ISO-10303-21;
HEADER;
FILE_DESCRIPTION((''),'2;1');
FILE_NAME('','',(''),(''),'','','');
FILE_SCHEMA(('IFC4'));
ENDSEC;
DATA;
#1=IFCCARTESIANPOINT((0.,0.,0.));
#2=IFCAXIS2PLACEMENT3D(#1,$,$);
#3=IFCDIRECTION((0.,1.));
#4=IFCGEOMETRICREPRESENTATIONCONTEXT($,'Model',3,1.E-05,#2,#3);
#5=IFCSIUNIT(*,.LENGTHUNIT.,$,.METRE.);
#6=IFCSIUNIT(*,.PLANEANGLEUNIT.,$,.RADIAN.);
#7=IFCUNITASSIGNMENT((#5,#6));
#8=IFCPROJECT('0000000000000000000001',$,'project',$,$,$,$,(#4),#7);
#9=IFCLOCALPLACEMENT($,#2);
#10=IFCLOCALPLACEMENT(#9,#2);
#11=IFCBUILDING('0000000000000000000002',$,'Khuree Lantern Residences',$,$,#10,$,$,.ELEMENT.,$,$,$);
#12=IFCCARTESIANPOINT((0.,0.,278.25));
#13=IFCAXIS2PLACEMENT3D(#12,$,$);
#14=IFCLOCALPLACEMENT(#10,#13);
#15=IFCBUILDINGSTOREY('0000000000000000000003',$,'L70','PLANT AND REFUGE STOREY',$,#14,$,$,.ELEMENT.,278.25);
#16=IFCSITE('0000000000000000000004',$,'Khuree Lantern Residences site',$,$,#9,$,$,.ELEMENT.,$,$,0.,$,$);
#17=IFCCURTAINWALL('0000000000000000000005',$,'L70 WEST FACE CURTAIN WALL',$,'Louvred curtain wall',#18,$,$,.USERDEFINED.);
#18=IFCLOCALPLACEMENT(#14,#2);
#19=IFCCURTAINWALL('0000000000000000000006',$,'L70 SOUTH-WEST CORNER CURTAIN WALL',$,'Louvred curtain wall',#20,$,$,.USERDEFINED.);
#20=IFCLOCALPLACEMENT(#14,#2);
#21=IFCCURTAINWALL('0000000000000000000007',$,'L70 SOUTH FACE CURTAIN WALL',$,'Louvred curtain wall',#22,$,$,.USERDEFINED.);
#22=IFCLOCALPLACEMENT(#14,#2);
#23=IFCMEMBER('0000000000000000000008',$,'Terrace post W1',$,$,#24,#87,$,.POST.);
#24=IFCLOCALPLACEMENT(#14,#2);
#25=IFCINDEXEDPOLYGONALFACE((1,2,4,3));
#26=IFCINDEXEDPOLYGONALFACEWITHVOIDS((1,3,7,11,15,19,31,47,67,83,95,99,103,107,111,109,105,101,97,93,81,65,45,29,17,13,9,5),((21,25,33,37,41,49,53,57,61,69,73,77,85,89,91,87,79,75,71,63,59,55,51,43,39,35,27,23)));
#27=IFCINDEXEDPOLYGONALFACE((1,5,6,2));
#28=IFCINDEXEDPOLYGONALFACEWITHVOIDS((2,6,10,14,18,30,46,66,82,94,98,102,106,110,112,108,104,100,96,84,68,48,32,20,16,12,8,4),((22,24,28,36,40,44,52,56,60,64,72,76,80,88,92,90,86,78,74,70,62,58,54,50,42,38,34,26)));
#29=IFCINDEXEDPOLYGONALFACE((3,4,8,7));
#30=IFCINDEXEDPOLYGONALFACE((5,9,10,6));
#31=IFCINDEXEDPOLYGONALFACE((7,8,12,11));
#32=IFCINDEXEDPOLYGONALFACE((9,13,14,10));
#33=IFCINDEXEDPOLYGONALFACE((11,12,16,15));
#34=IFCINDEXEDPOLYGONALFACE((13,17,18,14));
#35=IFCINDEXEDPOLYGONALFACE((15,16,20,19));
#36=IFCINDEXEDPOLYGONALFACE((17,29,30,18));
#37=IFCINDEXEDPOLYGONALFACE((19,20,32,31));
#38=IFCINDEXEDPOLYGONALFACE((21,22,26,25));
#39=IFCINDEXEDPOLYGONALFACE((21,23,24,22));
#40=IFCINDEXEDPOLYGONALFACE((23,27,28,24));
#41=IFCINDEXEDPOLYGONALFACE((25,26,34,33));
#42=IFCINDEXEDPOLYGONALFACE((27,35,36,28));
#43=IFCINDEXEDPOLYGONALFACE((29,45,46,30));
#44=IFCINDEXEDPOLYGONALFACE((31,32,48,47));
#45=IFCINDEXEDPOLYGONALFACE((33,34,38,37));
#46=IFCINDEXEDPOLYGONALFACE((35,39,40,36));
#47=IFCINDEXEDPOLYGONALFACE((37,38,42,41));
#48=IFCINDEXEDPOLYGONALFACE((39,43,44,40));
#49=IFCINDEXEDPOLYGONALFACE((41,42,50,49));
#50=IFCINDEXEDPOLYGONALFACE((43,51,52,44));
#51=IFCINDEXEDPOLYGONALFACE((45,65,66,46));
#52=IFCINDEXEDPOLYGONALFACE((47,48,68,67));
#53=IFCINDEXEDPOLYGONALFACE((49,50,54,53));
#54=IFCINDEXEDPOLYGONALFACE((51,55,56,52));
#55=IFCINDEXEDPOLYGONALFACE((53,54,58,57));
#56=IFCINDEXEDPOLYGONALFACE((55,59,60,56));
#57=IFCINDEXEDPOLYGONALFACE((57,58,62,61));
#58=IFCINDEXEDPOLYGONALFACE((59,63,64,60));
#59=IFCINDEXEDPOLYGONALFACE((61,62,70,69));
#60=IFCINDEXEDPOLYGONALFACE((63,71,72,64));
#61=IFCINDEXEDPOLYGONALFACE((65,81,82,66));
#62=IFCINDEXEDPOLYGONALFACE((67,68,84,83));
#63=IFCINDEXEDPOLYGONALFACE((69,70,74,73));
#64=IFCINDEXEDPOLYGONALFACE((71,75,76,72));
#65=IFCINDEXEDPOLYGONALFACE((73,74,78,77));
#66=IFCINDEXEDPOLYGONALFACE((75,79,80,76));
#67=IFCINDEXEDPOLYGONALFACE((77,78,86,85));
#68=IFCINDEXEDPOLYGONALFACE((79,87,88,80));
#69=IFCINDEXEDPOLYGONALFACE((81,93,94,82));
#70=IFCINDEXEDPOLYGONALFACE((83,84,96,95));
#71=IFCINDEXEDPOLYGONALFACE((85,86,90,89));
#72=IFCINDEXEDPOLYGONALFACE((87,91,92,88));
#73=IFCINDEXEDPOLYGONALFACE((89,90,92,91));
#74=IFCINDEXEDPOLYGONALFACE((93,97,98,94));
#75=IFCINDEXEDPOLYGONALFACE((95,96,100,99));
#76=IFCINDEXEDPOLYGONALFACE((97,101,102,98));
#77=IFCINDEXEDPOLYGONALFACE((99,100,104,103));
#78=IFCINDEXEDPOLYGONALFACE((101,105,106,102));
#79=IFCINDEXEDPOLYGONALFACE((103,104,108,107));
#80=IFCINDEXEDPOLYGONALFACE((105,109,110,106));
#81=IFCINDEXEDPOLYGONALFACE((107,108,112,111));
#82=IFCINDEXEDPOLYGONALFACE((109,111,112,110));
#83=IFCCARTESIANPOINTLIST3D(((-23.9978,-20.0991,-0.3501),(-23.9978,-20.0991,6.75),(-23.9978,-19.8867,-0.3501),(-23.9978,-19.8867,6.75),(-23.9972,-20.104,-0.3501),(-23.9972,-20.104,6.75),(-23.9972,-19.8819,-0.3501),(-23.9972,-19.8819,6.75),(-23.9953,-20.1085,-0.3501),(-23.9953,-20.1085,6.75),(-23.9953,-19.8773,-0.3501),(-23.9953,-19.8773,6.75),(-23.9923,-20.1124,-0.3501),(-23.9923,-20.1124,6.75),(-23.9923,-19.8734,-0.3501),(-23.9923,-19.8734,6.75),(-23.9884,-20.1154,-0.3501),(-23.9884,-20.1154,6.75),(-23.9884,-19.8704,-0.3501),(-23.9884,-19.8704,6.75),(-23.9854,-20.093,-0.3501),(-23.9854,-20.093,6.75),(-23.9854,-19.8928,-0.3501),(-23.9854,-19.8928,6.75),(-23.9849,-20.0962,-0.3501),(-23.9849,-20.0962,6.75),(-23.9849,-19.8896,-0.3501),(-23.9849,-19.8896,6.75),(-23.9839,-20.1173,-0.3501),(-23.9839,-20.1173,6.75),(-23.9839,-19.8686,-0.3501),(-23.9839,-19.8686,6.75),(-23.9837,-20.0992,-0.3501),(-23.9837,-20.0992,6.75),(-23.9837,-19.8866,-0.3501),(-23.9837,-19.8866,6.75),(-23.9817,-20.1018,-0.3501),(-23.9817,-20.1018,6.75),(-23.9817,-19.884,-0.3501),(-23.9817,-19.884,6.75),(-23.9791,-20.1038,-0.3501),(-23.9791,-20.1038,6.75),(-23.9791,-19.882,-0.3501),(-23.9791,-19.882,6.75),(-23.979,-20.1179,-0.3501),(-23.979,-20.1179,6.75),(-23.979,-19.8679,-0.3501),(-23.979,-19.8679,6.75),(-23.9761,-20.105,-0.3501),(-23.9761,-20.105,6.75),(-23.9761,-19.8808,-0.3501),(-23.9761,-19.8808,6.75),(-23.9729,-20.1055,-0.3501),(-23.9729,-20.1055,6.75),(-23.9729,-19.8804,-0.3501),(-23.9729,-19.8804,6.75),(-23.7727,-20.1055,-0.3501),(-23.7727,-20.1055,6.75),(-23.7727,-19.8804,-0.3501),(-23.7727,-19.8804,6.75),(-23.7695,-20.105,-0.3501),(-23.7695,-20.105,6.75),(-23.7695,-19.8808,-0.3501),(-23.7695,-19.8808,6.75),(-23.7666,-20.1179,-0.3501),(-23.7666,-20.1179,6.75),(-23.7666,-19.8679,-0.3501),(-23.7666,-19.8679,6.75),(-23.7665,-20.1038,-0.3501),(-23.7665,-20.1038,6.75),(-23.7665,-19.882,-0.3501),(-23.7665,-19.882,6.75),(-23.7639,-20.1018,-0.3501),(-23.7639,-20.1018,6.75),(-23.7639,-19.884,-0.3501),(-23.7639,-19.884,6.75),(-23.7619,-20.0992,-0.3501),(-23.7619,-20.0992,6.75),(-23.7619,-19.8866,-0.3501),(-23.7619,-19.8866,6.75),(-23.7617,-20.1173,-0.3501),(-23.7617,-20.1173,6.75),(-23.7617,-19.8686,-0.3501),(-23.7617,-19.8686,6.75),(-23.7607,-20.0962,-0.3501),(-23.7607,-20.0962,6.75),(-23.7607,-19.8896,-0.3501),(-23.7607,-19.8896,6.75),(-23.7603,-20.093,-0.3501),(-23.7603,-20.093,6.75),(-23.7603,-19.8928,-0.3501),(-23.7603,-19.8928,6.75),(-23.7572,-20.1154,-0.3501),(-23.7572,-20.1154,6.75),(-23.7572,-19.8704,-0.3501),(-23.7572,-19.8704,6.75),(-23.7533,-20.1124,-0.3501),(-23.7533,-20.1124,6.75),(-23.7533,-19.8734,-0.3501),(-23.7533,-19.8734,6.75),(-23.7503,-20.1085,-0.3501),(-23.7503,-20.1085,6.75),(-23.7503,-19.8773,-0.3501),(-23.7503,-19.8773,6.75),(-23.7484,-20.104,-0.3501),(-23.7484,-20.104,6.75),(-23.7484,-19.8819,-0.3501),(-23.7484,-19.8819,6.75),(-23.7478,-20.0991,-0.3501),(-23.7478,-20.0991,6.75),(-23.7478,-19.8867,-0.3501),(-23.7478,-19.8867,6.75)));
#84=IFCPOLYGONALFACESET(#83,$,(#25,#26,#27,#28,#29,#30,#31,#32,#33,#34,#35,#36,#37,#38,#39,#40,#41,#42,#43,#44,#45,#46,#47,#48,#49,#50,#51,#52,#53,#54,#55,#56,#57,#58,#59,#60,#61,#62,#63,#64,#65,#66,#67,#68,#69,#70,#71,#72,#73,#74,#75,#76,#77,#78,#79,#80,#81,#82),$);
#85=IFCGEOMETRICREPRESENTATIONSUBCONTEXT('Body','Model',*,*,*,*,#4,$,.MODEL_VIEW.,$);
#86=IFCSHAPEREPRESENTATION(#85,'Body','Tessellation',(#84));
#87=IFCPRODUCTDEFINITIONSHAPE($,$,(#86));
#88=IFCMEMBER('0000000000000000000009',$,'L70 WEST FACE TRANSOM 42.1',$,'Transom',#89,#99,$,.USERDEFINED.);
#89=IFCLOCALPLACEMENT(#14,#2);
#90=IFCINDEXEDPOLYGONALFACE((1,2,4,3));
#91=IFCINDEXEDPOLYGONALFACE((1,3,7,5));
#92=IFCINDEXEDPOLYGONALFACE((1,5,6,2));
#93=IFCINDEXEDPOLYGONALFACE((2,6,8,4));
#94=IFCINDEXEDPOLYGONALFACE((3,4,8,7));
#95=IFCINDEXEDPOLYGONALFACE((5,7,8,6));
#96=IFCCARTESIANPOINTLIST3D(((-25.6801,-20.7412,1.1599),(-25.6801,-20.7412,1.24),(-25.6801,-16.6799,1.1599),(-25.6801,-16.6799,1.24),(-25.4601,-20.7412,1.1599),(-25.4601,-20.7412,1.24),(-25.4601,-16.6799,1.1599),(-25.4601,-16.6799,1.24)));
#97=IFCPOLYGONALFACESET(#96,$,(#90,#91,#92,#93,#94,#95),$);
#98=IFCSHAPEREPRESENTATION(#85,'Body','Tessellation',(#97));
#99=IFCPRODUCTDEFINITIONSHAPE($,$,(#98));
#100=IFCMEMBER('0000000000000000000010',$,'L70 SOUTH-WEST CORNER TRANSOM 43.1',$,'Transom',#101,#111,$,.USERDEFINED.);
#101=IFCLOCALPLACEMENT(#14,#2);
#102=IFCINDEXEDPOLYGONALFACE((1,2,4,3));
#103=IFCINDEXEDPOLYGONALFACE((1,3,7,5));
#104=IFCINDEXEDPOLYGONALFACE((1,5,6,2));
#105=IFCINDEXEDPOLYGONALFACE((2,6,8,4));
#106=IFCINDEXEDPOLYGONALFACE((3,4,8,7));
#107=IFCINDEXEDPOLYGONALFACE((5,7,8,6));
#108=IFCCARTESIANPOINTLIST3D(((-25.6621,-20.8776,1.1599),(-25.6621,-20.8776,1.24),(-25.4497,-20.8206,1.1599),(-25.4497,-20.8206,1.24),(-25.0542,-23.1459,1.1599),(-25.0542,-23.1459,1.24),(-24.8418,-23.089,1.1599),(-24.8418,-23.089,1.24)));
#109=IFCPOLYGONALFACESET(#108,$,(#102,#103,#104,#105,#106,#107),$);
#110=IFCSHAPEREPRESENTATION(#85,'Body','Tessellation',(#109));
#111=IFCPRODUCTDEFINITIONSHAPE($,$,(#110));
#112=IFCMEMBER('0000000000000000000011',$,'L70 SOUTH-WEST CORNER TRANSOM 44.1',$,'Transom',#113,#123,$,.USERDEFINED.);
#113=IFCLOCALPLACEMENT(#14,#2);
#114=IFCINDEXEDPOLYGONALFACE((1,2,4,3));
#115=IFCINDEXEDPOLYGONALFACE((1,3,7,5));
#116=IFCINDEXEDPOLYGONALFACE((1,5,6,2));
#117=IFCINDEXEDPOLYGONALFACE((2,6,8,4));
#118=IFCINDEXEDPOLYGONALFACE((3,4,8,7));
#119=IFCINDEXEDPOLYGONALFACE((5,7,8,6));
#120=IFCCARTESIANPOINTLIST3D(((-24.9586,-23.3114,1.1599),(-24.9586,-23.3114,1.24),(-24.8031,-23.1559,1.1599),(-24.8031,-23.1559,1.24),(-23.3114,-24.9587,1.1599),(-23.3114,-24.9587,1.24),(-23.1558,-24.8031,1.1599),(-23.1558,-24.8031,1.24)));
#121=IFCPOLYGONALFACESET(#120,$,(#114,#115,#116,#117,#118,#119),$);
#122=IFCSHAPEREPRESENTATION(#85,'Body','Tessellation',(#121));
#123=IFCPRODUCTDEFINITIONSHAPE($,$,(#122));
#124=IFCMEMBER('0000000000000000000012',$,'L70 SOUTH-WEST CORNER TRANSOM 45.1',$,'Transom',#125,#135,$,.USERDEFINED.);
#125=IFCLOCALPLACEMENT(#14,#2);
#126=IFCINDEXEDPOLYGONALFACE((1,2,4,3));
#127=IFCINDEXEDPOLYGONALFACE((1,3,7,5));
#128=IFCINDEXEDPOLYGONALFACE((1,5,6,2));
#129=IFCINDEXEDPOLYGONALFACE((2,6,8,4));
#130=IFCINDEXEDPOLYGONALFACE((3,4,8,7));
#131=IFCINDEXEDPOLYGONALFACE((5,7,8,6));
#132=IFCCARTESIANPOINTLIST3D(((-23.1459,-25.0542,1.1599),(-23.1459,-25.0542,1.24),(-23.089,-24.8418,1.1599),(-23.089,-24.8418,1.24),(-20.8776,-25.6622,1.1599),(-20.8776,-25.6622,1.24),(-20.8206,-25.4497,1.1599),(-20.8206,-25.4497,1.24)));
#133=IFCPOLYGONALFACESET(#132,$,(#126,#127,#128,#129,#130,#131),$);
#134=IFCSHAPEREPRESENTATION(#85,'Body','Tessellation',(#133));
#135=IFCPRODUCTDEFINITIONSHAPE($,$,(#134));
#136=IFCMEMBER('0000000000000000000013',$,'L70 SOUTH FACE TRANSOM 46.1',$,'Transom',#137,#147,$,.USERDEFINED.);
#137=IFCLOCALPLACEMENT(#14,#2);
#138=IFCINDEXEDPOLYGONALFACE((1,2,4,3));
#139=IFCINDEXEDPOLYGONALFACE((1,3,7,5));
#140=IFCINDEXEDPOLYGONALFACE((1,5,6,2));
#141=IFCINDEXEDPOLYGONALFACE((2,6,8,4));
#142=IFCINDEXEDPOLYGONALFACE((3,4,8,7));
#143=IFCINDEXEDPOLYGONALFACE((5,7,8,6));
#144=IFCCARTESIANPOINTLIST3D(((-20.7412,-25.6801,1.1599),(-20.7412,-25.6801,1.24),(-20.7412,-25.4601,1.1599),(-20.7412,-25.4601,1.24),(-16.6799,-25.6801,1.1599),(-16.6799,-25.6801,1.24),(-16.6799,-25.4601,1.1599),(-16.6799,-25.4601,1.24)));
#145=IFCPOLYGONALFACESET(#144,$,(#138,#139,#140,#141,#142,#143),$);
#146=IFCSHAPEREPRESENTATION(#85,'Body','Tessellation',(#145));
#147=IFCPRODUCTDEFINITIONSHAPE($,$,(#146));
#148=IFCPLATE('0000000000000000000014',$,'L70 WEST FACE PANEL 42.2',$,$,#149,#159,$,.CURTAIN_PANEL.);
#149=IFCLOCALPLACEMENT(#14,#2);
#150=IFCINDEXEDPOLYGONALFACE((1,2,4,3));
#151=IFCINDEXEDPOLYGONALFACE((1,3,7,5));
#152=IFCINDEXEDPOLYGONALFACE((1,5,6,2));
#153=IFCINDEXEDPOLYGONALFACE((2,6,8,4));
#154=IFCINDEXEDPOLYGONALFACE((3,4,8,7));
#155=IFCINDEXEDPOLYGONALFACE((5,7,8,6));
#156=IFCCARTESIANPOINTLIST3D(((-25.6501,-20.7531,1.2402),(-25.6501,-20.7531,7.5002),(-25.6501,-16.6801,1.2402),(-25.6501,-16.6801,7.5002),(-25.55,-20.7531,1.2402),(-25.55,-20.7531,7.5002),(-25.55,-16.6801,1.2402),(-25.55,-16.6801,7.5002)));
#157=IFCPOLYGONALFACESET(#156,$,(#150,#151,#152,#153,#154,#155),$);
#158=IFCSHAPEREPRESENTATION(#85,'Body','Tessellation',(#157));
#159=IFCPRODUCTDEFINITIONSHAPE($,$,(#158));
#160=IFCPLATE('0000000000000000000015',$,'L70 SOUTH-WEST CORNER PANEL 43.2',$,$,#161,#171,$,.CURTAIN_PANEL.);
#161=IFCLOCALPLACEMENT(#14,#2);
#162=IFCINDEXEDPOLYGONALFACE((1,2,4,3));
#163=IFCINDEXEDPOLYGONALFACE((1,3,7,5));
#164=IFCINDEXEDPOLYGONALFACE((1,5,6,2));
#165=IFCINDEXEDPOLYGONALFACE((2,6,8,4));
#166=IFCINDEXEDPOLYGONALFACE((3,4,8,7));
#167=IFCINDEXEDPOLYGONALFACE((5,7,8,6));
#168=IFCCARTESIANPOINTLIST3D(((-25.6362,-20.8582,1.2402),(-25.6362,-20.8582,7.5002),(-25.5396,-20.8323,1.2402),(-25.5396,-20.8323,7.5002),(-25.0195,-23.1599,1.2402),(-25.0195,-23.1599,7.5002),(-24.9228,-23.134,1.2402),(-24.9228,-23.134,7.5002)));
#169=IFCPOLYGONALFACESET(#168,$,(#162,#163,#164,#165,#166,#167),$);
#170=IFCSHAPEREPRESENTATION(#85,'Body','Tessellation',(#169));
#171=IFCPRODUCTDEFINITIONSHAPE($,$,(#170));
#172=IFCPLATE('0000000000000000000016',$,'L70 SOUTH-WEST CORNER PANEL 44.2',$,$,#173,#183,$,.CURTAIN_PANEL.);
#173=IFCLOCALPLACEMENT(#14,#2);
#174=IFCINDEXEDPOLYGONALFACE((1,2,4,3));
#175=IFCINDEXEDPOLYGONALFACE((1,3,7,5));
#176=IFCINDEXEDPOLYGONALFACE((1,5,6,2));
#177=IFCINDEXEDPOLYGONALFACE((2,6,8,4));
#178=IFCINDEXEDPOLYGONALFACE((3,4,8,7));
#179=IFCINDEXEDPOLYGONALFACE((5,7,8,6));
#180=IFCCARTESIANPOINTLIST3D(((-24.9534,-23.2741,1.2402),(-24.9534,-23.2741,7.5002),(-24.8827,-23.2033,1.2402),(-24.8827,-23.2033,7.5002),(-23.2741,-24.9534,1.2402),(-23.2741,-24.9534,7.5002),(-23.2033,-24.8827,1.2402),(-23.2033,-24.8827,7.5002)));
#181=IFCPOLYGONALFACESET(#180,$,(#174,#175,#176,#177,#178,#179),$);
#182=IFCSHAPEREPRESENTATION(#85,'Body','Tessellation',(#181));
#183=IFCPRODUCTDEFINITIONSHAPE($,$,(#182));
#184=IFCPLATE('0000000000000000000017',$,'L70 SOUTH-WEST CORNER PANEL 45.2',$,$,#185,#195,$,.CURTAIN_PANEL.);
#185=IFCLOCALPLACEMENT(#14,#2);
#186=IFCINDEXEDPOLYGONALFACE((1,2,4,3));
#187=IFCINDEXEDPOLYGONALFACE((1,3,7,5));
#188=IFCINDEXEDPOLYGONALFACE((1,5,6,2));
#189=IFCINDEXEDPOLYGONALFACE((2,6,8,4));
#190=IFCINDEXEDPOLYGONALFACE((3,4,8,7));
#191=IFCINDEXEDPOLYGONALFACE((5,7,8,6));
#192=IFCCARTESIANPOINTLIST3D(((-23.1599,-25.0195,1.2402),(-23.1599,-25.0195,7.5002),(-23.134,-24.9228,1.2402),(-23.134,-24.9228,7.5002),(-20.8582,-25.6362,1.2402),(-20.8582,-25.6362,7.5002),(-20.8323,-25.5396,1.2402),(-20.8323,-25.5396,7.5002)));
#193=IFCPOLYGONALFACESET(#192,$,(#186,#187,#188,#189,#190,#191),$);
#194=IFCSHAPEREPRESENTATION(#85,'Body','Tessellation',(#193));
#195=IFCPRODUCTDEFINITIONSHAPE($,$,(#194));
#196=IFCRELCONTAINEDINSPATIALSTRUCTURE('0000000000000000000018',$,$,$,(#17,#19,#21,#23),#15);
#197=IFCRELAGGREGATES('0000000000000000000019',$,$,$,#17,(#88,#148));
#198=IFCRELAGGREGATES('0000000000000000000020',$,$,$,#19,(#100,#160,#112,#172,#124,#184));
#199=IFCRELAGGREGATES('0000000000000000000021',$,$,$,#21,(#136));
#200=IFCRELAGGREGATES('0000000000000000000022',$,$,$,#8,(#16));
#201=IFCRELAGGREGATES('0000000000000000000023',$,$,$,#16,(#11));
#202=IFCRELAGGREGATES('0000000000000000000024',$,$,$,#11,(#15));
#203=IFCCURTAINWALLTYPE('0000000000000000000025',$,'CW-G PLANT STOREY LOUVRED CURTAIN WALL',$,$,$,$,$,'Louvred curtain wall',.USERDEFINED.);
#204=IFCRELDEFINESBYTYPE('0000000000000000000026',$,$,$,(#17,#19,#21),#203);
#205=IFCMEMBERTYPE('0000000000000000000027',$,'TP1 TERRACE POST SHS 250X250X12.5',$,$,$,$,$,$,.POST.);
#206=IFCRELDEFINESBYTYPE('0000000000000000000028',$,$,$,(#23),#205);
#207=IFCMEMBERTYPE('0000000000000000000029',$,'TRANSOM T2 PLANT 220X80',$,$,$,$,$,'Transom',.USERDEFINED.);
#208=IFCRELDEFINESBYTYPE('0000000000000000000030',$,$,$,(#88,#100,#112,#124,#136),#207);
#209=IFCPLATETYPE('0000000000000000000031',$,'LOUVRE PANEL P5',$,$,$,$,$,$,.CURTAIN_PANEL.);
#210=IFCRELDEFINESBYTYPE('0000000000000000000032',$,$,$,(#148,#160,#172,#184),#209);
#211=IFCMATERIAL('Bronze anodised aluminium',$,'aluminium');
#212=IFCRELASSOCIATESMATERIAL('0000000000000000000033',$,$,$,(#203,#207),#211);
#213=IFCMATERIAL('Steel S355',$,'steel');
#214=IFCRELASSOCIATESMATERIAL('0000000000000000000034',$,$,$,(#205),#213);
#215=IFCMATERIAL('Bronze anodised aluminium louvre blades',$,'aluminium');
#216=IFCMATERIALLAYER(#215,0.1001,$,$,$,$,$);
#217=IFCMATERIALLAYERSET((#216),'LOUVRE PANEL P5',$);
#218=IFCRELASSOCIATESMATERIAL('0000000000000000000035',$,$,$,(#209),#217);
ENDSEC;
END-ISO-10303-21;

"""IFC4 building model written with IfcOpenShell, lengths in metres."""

from ifc_helpers import new_model, si_unit, direction, frame, origin, origin_2d, place, context, subcontext, project, spatial, rectangle, hollow_rectangle, extrude, material, layer, layer_set, material_profile, profile_set, type_object, element, aggregate, save


model = new_model("IFC4")

# Units and contexts
model_context = context("Model", 3, precision=1e-05, world=origin(), true_north=direction((0.0, 1.0)))
body_context = subcontext(model_context, "Body", "Model", "MODEL_VIEW")
ifc_project = project(units=[si_unit("LENGTHUNIT", "METRE"), si_unit("PLANEANGLEUNIT", "RADIAN")], contexts=[model_context])

# Site, building, storey
site_placement = place(None, origin())
site = spatial("IfcSite", under=ifc_project, at=site_placement, Name="Khuree Lantern Residences site", CompositionType="ELEMENT", RefElevation=0.0)
building_placement = place(site_placement, origin())
building = spatial("IfcBuilding", under=site, at=building_placement, Name="Khuree Lantern Residences", CompositionType="ELEMENT")
storey_placement = place(building_placement, frame((0.0, 0.0, 278.25)))
storey = spatial("IfcBuildingStorey", under=building, at=storey_placement, Name="L70", Description="PLANT AND REFUGE STOREY", CompositionType="ELEMENT", Elevation=278.25)

# Shared definitions
ifc_material_1 = material(Name="Steel S355", Category="steel")

# Curtain wall
ifc_material_2 = material(Name="Bronze anodised aluminium", Category="aluminium")
curtain_wall_type = type_object("IfcCurtainWallType", Name="CW-G PLANT STOREY LOUVRED CURTAIN WALL", ElementType="Louvred curtain wall", PredefinedType="USERDEFINED", material=ifc_material_2)
curtain_wall_1_placement = place(storey_placement, origin())
curtain_wall_1 = element("IfcCurtainWall", 1, at=curtain_wall_1_placement, inside=storey, type_object=curtain_wall_type, Name="L70 WEST FACE CURTAIN WALL", ObjectType="Louvred curtain wall", PredefinedType="USERDEFINED")

# Curtain walls
curtain_wall_2_placement = place(storey_placement, origin())
curtain_wall_2 = element("IfcCurtainWall", 2, at=curtain_wall_2_placement, inside=storey, type_object=curtain_wall_type, Name="L70 SOUTH-WEST CORNER CURTAIN WALL", ObjectType="Louvred curtain wall", PredefinedType="USERDEFINED")
curtain_wall_3_placement = place(storey_placement, origin())
curtain_wall_3 = element("IfcCurtainWall", 3, at=curtain_wall_3_placement, inside=storey, type_object=curtain_wall_type, Name="L70 SOUTH FACE CURTAIN WALL", ObjectType="Louvred curtain wall", PredefinedType="USERDEFINED")

# Member
ifc_material_profile_1 = material_profile(ifc_material_1, hollow_rectangle(XDim=0.25, YDim=0.25, WallThickness=0.0125, InnerFilletRadius=0.0125, OuterFilletRadius=0.0188, at=origin_2d()), Name="SHS 250X250X12.5")
ifc_profile_set_1 = profile_set([ifc_material_profile_1], Name="Steel S355")
member_type_1 = type_object("IfcMemberType", Name="TP1 TERRACE POST SHS 250X250X12.5", PredefinedType="POST", material=ifc_profile_set_1)
for number, where, z_axis, x_axis, name in (
    (4, (-23.8728, -19.9929, -0.3501), (0.0, 0.0, 1.0), (1.0, 0.0, 0.0), "Terrace post W1"),
):
    element("IfcMember", number, at=place(storey_placement, frame(where, z_axis=z_axis, x_axis=x_axis)), inside=storey, type_object=member_type_1, Name=name, PredefinedType="POST", context=body_context, shape_type="SweptSolid", body=[
        extrude(hollow_rectangle(XDim=0.25, YDim=0.25, WallThickness=0.0125, InnerFilletRadius=0.0125, OuterFilletRadius=0.0188, at=origin_2d()), origin(), (0.0, 0.0, 1.0), 7.1001),
    ])

# Members
ifc_material_profile_2 = material_profile(ifc_material_2, rectangle(XDim=0.22, YDim=0.0801, at=origin_2d()), Name="T2 220X80")
ifc_profile_set_2 = profile_set([ifc_material_profile_2], Name="Bronze anodised aluminium")
member_type_2 = type_object("IfcMemberType", Name="TRANSOM T2 PLANT 220X80", ElementType="Transom", PredefinedType="USERDEFINED", material=ifc_profile_set_2)
member_1_placement = place(storey_placement, frame((-25.5701, -16.6799, 1.2), z_axis=(0.0, -1.0, 0.0), x_axis=(1.0, 0.0, 0.0)))
member_1 = element("IfcMember", 5, at=member_1_placement, type_object=member_type_2, Name="L70 WEST FACE TRANSOM 42.1", ObjectType="Transom", PredefinedType="USERDEFINED", context=body_context, shape_type="SweptSolid", body=[
    extrude(rectangle(XDim=0.22, YDim=0.0801, at=origin_2d()), origin(), (0.0, 0.0, 1.0), 4.0613),
])
member_2_placement = place(storey_placement, frame((-25.5559, -20.8491, 1.2), z_axis=(0.258866, -0.965913, 0.0), x_axis=(0.965913, 0.258866, 0.0)))
member_2 = element("IfcMember", 6, at=member_2_placement, type_object=member_type_2, Name="L70 SOUTH-WEST CORNER TRANSOM 43.1", ObjectType="Transom", PredefinedType="USERDEFINED", context=body_context, shape_type="SweptSolid", body=[
    extrude(rectangle(XDim=0.22, YDim=0.0801, at=origin_2d()), origin(), (0.0, 0.0, 1.0), 2.3484),
])
member_3_placement = place(storey_placement, frame((-24.8809, -23.2336, 1.2), z_axis=(0.707107, -0.707107, 0.0), x_axis=(0.707107, 0.707107, 0.0)))
member_3 = element("IfcMember", 7, at=member_3_placement, type_object=member_type_2, Name="L70 SOUTH-WEST CORNER TRANSOM 44.1", ObjectType="Transom", PredefinedType="USERDEFINED", context=body_context, shape_type="SweptSolid", body=[
    extrude(rectangle(XDim=0.22, YDim=0.0801, at=origin_2d()), origin(), (0.0, 0.0, 1.0), 2.3296),
])
member_4_placement = place(storey_placement, frame((-23.1174, -24.948, 1.2), z_axis=(0.965913, -0.258866, 0.0), x_axis=(0.258866, 0.965913, 0.0)))
member_4 = element("IfcMember", 8, at=member_4_placement, type_object=member_type_2, Name="L70 SOUTH-WEST CORNER TRANSOM 45.1", ObjectType="Transom", PredefinedType="USERDEFINED", context=body_context, shape_type="SweptSolid", body=[
    extrude(rectangle(XDim=0.22, YDim=0.0801, at=origin_2d()), origin(), (0.0, 0.0, 1.0), 2.3484),
])
member_5_placement = place(storey_placement, frame((-20.7412, -25.5701, 1.2), z_axis=(1.0, 0.0, 0.0), x_axis=(0.0, 1.0, 0.0)))
member_5 = element("IfcMember", 9, at=member_5_placement, type_object=member_type_2, Name="L70 SOUTH FACE TRANSOM 46.1", ObjectType="Transom", PredefinedType="USERDEFINED", context=body_context, shape_type="SweptSolid", body=[
    extrude(rectangle(XDim=0.22, YDim=0.0801, at=origin_2d()), origin(), (0.0, 0.0, 1.0), 4.0613),
])

# Plates
ifc_material_3 = material(Name="Bronze anodised aluminium louvre blades", Category="aluminium")
ifc_layer_1 = layer(ifc_material_3, 0.1001)
ifc_layer_set_1 = layer_set([ifc_layer_1], Name="LOUVRE PANEL P5")
plate_type_1 = type_object("IfcPlateType", Name="LOUVRE PANEL P5", PredefinedType="CURTAIN_PANEL", material=ifc_layer_set_1)
plate_1_placement = place(storey_placement, frame((-25.6001, -18.7166, 1.2402), z_axis=(0.0, 0.0, 1.0), x_axis=(0.0, -1.0, 0.0)))
plate_1 = element("IfcPlate", 10, at=plate_1_placement, type_object=plate_type_1, Name="L70 WEST FACE PANEL 42.2", PredefinedType="CURTAIN_PANEL", context=body_context, shape_type="SweptSolid", body=[
    extrude(rectangle(XDim=4.073, YDim=0.1001, at=origin_2d()), origin(), (0.0, 0.0, 1.0), 6.26),
])
plate_2_placement = place(storey_placement, frame((-25.2795, -21.9961, 1.2402), z_axis=(0.0, 0.0, 1.0), x_axis=(0.258819, -0.965926, 0.0)))
plate_2 = element("IfcPlate", 11, at=plate_2_placement, type_object=plate_type_1, Name="L70 SOUTH-WEST CORNER PANEL 43.2", PredefinedType="CURTAIN_PANEL", context=body_context, shape_type="SweptSolid", body=[
    extrude(rectangle(XDim=2.3828, YDim=0.1001, at=origin_2d()), origin(), (0.0, 0.0, 1.0), 6.26),
])
plate_3_placement = place(storey_placement, frame((-24.0784, -24.0784, 1.2402), z_axis=(0.0, 0.0, 1.0), x_axis=(0.707107, -0.707107, 0.0)))
plate_3 = element("IfcPlate", 12, at=plate_3_placement, type_object=plate_type_1, Name="L70 SOUTH-WEST CORNER PANEL 44.2", PredefinedType="CURTAIN_PANEL", context=body_context, shape_type="SweptSolid", body=[
    extrude(rectangle(XDim=2.375, YDim=0.1001, at=origin_2d()), origin(), (0.0, 0.0, 1.0), 6.26),
])
plate_4_placement = place(storey_placement, frame((-21.9961, -25.2795, 1.2402), z_axis=(0.0, 0.0, 1.0), x_axis=(0.965926, -0.258819, 0.0)))
plate_4 = element("IfcPlate", 13, at=plate_4_placement, type_object=plate_type_1, Name="L70 SOUTH-WEST CORNER PANEL 45.2", PredefinedType="CURTAIN_PANEL", context=body_context, shape_type="SweptSolid", body=[
    extrude(rectangle(XDim=2.3828, YDim=0.1001, at=origin_2d()), origin(), (0.0, 0.0, 1.0), 6.26),
])
aggregate(curtain_wall_1, [member_1, plate_1])
aggregate(curtain_wall_2, [member_2, plate_2, member_3, plate_3, member_4, plate_4])
aggregate(curtain_wall_3, [member_5])

save(model, "model.ifc")
